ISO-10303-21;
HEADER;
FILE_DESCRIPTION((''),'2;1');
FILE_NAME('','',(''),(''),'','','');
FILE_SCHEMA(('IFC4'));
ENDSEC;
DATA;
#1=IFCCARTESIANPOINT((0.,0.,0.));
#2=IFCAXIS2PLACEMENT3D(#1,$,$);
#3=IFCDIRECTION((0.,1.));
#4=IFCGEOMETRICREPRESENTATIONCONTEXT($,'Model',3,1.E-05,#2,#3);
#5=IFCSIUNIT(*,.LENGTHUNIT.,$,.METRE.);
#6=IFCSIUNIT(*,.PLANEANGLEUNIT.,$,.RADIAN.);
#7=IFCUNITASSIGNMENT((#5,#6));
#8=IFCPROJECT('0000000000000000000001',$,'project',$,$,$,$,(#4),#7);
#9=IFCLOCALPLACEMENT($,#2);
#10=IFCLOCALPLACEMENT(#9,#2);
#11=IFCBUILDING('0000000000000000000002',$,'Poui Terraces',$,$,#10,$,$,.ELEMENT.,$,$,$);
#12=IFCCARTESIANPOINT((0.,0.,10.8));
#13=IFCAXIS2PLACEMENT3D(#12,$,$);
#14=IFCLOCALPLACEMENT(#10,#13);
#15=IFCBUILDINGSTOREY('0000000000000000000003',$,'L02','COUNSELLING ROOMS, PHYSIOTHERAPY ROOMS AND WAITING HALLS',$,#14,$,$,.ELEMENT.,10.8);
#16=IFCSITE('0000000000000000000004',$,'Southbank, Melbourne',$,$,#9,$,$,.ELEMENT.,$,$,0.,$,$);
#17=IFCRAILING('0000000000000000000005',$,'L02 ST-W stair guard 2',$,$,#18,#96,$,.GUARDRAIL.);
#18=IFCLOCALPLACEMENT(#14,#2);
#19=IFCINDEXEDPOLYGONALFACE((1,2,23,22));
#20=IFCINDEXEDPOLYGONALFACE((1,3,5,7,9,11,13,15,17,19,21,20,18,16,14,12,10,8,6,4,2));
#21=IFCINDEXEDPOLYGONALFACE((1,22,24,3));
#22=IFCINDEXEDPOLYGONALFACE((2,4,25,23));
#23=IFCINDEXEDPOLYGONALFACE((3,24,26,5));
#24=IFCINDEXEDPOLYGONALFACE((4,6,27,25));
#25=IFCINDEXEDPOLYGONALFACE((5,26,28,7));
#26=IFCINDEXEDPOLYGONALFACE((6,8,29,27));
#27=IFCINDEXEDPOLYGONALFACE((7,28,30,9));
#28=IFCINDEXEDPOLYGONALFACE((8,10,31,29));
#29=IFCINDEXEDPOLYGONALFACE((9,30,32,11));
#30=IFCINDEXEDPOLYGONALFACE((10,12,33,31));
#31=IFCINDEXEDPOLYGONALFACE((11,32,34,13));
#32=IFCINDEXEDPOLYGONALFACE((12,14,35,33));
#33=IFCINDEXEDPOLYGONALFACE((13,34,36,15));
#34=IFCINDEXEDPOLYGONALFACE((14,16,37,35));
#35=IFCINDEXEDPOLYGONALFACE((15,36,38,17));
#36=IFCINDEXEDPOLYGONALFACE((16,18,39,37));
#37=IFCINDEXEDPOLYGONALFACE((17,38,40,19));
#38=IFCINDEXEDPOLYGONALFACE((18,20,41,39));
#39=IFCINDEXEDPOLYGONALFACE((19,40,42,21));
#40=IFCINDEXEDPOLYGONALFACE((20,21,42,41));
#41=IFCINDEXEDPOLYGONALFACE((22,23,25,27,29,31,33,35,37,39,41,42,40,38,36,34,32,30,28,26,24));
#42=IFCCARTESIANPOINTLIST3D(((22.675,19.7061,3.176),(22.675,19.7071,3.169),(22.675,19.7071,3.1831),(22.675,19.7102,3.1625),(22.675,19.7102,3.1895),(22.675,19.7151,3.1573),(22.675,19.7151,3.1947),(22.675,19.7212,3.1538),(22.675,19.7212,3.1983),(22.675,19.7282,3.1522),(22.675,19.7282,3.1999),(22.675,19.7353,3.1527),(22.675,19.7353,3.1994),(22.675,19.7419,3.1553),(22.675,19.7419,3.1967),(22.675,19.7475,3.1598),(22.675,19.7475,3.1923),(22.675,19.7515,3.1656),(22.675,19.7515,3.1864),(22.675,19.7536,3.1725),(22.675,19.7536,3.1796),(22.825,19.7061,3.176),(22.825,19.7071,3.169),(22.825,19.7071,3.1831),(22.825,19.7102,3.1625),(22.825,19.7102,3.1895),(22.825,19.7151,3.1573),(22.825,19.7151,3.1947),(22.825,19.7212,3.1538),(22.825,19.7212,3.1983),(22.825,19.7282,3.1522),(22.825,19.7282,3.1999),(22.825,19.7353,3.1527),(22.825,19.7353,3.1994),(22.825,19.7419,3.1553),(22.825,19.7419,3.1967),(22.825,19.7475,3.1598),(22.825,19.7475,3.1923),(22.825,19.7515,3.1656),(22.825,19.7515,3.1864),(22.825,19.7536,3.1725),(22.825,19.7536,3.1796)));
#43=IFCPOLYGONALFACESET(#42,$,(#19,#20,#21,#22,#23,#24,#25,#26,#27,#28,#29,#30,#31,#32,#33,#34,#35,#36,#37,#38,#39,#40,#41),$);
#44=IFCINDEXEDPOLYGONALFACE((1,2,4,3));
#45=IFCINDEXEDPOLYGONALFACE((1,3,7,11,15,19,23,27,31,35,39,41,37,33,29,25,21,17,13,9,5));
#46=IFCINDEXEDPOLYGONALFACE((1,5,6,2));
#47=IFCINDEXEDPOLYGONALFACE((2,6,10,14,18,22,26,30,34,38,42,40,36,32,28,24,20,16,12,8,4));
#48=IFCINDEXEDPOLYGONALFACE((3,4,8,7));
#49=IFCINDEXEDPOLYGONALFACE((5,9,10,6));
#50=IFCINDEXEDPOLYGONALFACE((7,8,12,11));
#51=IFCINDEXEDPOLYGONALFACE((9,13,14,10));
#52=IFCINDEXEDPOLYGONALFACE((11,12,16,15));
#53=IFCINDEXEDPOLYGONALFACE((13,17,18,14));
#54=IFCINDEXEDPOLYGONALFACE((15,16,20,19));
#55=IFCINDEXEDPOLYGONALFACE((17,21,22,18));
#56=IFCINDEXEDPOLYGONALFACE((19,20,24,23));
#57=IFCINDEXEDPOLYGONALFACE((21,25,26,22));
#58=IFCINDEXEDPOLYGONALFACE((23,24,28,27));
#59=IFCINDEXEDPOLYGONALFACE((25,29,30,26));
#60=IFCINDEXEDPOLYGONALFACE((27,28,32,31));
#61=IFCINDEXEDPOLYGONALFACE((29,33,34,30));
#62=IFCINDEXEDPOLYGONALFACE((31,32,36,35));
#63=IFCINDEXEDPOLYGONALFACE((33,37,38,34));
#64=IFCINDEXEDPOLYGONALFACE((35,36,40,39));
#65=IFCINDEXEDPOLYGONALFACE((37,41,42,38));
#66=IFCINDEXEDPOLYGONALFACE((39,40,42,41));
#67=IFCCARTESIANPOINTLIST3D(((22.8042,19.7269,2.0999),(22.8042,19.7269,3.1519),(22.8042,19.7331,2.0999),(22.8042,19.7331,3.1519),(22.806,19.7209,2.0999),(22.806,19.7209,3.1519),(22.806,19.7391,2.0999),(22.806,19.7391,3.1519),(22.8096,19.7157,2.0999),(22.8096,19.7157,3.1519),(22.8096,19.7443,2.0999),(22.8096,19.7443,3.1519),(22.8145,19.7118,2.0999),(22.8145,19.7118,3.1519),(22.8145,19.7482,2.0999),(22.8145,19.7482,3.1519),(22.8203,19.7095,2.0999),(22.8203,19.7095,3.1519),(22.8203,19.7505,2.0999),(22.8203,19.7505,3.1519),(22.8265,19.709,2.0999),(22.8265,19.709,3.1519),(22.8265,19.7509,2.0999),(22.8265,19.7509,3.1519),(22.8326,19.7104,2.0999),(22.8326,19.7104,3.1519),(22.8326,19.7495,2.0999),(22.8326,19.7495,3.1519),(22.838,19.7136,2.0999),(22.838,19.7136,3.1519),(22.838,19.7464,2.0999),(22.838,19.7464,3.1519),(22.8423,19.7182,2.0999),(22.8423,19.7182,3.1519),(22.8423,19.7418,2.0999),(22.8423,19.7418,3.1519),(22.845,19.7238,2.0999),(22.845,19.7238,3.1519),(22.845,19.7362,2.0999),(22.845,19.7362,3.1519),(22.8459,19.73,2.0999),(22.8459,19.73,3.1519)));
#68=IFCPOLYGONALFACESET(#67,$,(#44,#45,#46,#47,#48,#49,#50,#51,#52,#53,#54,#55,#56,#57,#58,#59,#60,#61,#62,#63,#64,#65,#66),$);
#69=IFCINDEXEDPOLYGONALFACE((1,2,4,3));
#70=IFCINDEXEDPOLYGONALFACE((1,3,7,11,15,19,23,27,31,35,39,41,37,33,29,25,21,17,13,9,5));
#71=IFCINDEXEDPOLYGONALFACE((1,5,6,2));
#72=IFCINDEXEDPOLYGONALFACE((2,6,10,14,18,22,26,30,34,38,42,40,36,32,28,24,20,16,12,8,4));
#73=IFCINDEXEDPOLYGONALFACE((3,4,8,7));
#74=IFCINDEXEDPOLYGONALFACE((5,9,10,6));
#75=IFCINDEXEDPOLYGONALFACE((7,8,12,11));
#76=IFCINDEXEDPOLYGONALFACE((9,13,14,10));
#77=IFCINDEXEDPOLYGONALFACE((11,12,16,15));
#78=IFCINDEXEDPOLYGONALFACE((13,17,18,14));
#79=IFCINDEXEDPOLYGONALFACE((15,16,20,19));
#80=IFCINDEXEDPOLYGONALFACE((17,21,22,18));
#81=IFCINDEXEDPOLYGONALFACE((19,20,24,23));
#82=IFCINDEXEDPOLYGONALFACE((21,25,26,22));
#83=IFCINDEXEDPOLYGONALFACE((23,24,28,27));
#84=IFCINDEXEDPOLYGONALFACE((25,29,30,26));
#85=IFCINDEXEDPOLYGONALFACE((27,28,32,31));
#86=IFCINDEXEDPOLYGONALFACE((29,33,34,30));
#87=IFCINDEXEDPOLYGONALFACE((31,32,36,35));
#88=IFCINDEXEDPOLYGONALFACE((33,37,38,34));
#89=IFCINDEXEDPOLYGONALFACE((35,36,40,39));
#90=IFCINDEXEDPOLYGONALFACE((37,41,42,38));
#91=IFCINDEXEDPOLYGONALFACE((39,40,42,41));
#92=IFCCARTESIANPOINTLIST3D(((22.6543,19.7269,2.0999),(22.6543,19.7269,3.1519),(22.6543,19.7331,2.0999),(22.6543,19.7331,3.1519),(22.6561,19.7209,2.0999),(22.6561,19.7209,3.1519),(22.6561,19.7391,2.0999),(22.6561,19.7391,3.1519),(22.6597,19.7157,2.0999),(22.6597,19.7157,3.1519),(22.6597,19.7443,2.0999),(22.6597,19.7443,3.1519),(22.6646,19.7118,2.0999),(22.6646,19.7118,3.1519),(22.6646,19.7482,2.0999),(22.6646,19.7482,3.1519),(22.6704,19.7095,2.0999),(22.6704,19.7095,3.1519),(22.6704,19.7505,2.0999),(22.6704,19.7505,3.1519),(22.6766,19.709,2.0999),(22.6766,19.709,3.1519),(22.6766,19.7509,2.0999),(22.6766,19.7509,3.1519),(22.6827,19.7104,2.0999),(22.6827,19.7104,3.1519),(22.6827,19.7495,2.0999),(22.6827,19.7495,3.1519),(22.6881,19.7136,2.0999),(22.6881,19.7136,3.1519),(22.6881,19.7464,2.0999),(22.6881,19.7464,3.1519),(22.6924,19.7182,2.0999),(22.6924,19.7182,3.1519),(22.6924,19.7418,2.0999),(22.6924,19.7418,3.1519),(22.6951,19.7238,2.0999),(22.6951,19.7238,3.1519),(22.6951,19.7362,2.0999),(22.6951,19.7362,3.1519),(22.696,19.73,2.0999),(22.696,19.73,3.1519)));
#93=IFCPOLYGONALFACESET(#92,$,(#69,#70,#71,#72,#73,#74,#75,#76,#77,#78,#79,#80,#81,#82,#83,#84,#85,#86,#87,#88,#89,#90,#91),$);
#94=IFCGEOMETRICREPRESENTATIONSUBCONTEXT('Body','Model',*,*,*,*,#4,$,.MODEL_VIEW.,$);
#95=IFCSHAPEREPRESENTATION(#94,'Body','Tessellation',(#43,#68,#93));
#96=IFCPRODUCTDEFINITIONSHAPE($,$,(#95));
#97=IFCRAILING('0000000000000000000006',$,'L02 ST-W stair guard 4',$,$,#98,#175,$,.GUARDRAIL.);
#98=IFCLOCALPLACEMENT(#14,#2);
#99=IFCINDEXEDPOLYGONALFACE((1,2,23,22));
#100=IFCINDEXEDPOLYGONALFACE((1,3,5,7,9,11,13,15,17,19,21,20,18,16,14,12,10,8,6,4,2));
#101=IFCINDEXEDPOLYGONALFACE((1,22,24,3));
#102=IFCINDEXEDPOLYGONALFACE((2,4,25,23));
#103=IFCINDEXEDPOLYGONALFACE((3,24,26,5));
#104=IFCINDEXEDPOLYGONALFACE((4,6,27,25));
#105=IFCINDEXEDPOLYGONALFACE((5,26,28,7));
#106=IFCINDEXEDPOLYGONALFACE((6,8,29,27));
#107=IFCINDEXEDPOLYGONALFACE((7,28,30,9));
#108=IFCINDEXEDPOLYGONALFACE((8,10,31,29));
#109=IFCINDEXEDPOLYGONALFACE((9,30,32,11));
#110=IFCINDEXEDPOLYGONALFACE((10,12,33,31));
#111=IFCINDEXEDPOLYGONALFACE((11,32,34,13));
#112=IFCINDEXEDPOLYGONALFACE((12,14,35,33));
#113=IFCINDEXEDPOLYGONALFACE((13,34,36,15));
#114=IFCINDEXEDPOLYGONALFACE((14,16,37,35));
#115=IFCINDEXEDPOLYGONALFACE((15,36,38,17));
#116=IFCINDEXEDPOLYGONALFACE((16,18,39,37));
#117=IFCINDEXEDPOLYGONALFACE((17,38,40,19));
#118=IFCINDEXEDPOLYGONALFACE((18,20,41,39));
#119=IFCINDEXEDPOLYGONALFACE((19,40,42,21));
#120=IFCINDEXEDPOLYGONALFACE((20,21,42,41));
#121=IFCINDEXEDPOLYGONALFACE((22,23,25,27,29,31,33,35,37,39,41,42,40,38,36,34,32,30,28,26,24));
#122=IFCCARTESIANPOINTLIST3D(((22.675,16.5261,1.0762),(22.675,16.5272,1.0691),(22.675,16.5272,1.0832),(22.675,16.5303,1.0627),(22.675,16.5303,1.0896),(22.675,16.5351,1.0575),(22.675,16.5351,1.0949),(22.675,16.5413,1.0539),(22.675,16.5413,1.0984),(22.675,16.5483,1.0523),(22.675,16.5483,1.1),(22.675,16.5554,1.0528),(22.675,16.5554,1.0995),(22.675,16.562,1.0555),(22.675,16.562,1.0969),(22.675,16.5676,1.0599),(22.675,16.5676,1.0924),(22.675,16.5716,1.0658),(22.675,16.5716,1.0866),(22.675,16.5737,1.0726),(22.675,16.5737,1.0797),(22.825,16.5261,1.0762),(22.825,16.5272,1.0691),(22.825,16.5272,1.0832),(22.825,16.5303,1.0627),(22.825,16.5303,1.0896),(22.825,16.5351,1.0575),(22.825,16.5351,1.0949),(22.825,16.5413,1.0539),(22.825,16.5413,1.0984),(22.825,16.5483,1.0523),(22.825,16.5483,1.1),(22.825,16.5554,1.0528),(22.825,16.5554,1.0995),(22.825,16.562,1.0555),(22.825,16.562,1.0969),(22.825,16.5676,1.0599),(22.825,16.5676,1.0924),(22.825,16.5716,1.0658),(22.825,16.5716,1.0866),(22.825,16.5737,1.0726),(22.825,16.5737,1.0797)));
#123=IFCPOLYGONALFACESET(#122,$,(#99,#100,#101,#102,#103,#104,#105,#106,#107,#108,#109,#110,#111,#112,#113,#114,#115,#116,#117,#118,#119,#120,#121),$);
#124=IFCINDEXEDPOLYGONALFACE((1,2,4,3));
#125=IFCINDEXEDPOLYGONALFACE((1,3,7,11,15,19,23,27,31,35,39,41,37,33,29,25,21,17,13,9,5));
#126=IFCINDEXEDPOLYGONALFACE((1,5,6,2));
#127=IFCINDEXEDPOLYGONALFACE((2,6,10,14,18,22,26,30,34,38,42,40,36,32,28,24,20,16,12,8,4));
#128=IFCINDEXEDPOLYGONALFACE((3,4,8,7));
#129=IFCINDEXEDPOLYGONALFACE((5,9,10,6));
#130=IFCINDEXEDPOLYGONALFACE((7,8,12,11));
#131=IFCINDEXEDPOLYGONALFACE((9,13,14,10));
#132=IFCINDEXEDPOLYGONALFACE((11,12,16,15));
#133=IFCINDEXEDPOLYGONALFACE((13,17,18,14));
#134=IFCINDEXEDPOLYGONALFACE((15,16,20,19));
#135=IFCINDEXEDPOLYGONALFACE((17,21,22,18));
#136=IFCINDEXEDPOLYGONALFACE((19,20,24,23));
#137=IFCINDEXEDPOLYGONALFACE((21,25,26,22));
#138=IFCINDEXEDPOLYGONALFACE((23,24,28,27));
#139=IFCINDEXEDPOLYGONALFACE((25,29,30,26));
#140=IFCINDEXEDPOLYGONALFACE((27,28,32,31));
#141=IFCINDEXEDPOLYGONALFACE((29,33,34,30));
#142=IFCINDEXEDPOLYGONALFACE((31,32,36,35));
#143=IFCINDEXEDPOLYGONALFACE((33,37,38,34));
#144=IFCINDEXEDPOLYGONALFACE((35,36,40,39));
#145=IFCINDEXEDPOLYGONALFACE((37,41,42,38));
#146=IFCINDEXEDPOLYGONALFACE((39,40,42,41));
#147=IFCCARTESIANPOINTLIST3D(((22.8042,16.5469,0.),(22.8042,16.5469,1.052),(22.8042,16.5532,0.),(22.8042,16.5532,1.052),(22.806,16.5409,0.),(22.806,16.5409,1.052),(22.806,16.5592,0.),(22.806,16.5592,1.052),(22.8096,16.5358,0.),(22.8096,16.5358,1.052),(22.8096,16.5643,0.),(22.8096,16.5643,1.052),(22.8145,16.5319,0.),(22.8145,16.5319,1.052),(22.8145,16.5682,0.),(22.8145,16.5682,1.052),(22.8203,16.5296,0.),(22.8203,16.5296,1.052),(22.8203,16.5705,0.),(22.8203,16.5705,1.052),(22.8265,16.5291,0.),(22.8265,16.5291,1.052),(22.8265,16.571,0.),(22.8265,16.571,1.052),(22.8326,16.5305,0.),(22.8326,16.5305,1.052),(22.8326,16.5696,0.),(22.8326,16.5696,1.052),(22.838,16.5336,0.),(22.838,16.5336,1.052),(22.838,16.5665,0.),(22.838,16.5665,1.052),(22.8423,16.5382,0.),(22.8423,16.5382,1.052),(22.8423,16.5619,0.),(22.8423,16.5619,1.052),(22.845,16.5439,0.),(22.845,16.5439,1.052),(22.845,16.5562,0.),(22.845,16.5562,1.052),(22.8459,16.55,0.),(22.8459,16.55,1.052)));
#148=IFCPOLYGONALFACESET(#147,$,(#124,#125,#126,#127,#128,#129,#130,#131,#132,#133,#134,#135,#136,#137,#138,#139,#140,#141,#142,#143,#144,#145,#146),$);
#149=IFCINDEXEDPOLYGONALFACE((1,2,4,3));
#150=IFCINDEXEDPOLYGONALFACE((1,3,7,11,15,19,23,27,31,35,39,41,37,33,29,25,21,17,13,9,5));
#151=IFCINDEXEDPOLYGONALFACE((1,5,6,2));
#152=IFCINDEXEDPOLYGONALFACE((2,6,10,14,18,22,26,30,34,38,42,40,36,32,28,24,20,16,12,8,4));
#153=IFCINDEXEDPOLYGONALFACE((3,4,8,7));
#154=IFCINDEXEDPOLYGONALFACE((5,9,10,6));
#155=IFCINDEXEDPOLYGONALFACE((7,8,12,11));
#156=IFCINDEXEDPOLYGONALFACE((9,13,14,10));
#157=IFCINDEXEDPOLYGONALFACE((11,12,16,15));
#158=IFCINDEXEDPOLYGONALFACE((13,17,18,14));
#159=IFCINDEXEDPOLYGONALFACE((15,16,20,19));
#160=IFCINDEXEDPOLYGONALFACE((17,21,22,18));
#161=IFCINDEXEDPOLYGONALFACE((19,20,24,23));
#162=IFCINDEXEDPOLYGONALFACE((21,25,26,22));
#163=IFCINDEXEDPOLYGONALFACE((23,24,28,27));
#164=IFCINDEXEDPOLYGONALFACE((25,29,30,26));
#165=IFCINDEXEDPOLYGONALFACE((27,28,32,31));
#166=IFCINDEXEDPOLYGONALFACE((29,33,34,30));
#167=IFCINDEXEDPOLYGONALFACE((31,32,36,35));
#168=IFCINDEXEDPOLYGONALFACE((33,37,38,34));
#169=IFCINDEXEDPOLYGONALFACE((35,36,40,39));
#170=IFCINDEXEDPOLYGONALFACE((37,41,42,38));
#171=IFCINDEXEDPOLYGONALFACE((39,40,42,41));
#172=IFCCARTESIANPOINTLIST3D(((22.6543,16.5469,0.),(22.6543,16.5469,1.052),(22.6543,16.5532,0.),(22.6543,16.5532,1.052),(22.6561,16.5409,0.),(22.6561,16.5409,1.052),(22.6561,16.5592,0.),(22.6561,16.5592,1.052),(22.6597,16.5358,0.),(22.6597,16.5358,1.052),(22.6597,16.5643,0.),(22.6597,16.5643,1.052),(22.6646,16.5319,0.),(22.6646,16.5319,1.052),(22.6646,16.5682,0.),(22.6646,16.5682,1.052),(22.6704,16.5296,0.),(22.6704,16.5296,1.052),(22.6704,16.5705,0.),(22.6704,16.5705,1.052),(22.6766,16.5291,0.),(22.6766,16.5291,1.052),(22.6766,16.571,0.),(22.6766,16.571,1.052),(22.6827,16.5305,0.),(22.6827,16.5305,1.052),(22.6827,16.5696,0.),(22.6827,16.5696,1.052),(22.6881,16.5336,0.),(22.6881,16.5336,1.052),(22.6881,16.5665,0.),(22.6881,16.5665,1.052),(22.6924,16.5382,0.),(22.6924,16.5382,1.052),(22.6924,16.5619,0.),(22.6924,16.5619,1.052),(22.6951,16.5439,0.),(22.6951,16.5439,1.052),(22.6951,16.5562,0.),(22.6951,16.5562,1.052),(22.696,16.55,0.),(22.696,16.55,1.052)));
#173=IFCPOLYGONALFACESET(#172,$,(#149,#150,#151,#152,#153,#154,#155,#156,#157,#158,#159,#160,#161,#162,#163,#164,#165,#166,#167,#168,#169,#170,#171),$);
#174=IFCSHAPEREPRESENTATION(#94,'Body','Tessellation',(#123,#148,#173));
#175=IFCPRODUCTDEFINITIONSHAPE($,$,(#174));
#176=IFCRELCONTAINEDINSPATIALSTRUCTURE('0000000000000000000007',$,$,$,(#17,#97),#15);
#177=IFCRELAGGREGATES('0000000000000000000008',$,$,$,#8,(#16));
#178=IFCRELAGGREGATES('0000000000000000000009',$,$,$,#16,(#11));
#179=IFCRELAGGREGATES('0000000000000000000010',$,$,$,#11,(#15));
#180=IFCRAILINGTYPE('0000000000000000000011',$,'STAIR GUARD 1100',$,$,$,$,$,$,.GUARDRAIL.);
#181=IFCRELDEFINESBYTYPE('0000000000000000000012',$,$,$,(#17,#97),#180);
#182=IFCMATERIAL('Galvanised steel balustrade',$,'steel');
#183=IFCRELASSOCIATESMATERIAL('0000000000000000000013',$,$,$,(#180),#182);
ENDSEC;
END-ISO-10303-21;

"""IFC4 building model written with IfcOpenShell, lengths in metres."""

from ifc_helpers import new_model, si_unit, direction, frame, origin, origin_2d, place, context, subcontext, project, spatial, circle, extrude, material, type_object, element, save


model = new_model("IFC4")

# Units and contexts
model_context = context("Model", 3, precision=1e-05, world=origin(), true_north=direction((0.0, 1.0)))
body_context = subcontext(model_context, "Body", "Model", "MODEL_VIEW")
ifc_project = project(units=[si_unit("LENGTHUNIT", "METRE"), si_unit("PLANEANGLEUNIT", "RADIAN")], contexts=[model_context])

# Site, building, storey
site_placement = place(None, origin())
site = spatial("IfcSite", under=ifc_project, at=site_placement, Name="Southbank, Melbourne", CompositionType="ELEMENT", RefElevation=0.0)
building_placement = place(site_placement, origin())
building = spatial("IfcBuilding", under=site, at=building_placement, Name="Poui Terraces", CompositionType="ELEMENT")
storey_placement = place(building_placement, frame((0.0, 0.0, 10.8)))
storey = spatial("IfcBuildingStorey", under=building, at=storey_placement, Name="L02", Description="COUNSELLING ROOMS, PHYSIOTHERAPY ROOMS AND WAITING HALLS", CompositionType="ELEMENT", Elevation=10.8)

# Railings
ifc_material_1 = material(Name="Galvanised steel balustrade", Category="steel")
railing_type_1 = type_object("IfcRailingType", Name="STAIR GUARD 1100", PredefinedType="GUARDRAIL", material=ifc_material_1)
for number, where, name in (
    (1, (22.825, 19.73, 2.0999), "L02 ST-W stair guard 2"),
    (2, (22.825, 16.55, 0.0), "L02 ST-W stair guard 4"),
):
    element("IfcRailing", number, at=place(storey_placement, frame(where)), inside=storey, type_object=railing_type_1, Name=name, PredefinedType="GUARDRAIL", context=body_context, shape_type="SweptSolid", body=[
        extrude(circle(Radius=0.0239, at=origin_2d()), frame((0.0, 0.0, 1.0762), z_axis=(-1.0, 0.0, 0.0), x_axis=(0.0, -1.0, 0.0)), (0.0, 0.0, 1.0), 0.1499),
        extrude(circle(Radius=0.021, at=origin_2d()), origin(), (0.0, 0.0, 1.0), 1.052),
        extrude(circle(Radius=0.021, at=origin_2d()), frame((-0.1499, 0.0, 0.0)), (0.0, 0.0, 1.0), 1.052),
    ])

save(model, "model.ifc")
